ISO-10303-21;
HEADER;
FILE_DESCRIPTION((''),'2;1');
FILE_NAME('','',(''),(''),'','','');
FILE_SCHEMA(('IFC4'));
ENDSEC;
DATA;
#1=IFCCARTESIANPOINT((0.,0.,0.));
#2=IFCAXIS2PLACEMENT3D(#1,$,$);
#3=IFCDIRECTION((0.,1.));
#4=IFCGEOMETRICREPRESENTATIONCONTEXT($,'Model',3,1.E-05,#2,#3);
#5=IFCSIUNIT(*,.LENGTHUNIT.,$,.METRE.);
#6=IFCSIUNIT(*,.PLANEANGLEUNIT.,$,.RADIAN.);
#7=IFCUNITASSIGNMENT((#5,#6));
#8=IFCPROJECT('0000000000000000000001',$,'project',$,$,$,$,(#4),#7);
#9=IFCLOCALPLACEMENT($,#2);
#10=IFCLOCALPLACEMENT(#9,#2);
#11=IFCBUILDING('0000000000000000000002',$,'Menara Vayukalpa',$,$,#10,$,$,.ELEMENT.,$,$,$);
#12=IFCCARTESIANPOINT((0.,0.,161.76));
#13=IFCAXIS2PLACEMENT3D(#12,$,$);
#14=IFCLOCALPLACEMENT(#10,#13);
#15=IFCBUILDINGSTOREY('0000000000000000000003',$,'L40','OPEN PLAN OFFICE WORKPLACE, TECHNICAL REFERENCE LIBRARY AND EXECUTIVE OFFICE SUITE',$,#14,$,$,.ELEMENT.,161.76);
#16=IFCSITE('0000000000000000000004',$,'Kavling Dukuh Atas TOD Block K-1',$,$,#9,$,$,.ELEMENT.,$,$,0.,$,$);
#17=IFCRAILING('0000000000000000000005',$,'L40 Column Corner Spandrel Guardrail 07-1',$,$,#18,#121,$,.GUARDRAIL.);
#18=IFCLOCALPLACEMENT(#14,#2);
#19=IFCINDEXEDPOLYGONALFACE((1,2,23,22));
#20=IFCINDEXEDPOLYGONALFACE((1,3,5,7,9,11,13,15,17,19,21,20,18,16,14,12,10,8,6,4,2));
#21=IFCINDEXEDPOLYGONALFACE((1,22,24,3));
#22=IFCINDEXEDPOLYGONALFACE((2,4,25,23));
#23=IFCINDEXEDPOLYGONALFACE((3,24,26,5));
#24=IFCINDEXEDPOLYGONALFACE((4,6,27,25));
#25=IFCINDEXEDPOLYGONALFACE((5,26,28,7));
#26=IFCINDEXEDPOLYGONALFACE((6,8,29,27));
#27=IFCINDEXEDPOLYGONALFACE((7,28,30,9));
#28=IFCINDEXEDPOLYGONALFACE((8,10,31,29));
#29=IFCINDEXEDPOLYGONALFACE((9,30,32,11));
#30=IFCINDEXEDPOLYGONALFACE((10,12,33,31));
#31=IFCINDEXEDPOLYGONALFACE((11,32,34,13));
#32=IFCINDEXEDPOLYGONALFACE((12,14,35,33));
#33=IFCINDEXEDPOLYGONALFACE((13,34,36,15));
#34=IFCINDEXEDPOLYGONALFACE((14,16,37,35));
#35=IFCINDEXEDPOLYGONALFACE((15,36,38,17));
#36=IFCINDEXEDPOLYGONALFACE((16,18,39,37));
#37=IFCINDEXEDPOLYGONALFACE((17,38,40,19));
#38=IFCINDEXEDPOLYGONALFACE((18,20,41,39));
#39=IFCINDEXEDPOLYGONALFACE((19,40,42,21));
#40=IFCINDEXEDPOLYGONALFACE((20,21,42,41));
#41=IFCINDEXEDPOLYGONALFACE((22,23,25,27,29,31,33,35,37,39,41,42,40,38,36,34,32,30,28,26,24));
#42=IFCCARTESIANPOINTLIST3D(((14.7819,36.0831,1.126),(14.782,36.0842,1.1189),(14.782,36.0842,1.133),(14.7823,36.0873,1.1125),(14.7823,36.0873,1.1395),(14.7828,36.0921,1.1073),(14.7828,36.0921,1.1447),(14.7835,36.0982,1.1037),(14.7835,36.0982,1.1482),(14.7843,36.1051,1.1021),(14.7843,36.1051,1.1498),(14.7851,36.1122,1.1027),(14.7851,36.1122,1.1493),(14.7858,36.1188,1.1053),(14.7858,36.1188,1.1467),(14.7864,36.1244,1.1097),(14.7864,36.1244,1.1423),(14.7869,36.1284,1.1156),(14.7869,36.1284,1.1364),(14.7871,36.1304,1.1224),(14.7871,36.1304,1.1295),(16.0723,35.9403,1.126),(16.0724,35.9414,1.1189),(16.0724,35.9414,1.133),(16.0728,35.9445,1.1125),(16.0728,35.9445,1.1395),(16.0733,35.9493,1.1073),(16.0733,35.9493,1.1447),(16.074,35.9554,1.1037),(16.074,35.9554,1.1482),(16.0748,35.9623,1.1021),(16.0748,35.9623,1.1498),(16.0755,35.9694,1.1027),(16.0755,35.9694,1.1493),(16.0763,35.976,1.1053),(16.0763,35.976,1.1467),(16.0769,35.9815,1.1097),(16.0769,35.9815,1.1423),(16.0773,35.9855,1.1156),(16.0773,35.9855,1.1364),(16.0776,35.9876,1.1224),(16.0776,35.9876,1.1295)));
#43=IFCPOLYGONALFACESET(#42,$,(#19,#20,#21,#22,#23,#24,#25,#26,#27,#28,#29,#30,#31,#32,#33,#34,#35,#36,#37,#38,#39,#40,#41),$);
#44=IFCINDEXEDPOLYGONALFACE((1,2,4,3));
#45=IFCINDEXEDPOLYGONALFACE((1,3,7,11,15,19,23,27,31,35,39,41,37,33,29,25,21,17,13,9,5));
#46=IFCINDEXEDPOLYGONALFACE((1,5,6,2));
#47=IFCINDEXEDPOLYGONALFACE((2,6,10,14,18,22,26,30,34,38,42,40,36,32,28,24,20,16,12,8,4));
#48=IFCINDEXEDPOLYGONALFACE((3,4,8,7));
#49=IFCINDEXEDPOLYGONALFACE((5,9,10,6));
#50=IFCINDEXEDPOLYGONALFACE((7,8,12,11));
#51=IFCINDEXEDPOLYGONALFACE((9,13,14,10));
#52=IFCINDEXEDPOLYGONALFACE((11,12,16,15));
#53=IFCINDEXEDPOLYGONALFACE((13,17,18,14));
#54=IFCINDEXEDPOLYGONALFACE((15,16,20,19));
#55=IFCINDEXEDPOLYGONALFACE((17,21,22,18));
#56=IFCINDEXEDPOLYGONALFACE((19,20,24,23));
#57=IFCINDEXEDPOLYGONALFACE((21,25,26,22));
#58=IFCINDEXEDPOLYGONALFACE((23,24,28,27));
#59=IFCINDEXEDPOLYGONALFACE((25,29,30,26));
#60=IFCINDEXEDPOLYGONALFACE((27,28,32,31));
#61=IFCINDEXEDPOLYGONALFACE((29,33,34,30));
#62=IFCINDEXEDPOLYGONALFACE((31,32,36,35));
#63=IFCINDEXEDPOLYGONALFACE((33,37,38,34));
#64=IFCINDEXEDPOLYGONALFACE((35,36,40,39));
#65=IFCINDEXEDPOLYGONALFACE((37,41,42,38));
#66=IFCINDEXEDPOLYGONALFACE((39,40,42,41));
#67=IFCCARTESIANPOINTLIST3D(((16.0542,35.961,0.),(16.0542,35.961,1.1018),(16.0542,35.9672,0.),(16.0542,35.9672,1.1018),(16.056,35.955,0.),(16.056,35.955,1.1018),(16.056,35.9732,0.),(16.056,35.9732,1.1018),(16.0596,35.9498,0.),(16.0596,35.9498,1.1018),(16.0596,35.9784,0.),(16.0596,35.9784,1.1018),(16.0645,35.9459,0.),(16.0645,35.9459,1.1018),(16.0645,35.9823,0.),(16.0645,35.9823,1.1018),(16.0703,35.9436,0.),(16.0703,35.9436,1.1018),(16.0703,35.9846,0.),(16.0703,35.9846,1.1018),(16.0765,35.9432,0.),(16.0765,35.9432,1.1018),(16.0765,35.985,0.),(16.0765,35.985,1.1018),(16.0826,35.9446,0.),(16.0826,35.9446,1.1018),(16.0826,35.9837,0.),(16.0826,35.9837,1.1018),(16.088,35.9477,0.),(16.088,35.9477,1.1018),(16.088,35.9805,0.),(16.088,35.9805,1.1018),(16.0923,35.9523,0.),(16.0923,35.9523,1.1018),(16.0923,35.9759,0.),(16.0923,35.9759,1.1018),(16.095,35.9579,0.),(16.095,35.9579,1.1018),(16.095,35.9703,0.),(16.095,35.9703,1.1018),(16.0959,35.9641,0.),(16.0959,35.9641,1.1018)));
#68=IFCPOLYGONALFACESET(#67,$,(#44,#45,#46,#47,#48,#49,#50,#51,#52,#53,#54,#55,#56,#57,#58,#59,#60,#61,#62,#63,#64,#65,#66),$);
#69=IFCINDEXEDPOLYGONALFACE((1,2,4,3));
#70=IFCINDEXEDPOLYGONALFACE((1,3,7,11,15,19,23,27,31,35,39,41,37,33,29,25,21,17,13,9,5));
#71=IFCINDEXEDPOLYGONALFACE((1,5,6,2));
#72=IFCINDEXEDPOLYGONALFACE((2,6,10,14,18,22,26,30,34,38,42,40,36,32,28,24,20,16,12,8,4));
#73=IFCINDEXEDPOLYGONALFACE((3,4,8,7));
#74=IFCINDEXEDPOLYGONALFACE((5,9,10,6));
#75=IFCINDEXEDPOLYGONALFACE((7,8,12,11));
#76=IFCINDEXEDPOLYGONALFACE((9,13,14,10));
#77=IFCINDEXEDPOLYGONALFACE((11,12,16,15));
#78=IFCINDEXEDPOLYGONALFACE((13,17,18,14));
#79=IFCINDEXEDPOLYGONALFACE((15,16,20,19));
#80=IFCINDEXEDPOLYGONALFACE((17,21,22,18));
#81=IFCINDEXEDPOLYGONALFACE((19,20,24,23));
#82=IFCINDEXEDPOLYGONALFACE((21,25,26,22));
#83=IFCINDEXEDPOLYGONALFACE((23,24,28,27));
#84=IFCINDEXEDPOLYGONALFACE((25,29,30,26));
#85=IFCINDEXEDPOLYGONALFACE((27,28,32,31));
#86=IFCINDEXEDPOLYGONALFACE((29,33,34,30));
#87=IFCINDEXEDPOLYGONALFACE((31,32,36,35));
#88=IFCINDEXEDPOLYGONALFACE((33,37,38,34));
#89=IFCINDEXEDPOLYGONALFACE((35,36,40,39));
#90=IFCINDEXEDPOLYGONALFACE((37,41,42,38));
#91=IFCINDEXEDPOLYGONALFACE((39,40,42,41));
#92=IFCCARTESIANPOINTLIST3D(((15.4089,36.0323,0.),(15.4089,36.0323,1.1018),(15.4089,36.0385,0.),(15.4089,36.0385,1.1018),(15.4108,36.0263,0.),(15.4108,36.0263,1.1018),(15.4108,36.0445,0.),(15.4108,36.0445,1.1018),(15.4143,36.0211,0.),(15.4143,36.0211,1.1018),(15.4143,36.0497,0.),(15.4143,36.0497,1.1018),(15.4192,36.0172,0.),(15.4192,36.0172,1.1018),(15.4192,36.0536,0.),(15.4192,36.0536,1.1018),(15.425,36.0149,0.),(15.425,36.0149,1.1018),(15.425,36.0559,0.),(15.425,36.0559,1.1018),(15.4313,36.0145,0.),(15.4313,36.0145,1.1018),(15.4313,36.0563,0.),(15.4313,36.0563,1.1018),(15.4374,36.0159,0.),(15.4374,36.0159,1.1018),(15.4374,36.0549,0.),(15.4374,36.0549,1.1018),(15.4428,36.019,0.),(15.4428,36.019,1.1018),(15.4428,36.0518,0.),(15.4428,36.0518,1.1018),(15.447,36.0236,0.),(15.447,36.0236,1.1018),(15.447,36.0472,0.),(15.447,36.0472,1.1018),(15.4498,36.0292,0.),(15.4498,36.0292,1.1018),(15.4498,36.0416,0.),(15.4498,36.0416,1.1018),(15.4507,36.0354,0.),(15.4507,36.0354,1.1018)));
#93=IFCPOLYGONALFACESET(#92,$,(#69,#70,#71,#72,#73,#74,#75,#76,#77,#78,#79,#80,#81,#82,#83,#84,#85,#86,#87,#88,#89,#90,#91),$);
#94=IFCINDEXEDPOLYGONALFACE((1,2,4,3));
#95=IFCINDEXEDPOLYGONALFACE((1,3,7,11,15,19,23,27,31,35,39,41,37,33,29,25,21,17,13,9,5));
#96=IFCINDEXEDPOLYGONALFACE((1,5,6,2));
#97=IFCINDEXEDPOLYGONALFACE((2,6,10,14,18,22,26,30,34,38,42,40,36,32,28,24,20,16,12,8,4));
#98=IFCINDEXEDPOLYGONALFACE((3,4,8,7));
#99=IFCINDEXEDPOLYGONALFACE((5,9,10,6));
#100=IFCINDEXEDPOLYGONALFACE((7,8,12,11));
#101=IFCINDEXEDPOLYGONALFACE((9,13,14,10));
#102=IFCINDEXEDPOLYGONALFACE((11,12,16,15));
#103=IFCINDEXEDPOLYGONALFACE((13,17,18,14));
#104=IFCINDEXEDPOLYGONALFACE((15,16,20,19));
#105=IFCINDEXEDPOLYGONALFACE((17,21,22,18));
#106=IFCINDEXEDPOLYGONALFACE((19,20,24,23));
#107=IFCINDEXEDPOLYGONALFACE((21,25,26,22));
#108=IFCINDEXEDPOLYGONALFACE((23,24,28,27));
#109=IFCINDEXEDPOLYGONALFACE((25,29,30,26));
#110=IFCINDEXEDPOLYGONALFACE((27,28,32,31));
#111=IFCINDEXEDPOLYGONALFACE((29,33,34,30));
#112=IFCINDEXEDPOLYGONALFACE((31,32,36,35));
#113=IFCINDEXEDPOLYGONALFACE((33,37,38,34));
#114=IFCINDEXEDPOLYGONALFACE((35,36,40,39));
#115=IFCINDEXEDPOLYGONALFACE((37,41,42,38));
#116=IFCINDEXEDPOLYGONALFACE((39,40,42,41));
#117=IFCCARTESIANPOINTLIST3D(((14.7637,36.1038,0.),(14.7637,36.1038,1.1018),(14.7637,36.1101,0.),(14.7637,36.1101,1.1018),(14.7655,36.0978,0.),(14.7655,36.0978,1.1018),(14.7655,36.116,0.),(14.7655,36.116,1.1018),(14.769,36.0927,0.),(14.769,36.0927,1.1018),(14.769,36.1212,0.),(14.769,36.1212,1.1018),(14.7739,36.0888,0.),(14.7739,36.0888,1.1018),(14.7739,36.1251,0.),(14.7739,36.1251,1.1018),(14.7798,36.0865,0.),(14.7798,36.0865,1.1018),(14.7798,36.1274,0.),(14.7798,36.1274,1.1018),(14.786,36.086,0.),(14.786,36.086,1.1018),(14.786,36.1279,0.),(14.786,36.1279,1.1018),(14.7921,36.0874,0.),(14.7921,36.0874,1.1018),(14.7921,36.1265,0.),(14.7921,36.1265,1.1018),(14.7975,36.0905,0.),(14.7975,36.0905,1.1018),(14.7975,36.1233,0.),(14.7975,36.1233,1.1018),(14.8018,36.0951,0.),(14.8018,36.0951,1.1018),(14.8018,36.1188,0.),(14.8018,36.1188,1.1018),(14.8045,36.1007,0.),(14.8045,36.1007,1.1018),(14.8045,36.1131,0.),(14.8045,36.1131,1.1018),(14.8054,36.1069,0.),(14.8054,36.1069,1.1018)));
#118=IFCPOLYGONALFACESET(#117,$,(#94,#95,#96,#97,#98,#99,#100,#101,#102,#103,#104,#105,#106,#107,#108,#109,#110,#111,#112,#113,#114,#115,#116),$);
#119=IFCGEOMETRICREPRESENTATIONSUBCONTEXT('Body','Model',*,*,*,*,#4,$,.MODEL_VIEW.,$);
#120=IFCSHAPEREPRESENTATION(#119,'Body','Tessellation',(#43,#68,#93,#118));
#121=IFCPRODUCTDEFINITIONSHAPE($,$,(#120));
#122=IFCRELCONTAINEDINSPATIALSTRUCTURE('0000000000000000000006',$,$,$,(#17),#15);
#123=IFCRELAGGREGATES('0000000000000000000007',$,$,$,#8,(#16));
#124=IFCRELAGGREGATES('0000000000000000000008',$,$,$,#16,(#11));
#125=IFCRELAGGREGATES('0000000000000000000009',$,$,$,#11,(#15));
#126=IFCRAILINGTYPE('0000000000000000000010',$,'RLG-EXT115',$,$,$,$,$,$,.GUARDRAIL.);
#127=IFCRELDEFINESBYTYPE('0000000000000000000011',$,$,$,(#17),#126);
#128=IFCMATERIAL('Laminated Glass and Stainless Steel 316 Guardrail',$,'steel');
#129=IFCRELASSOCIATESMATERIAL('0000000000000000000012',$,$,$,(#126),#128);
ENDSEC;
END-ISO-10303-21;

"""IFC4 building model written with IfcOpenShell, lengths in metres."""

from ifc_helpers import new_model, si_unit, direction, frame, origin, origin_2d, place, context, subcontext, project, spatial, circle, extrude, material, type_object, element, save


model = new_model("IFC4")

# Units and contexts
model_context = context("Model", 3, precision=1e-05, world=origin(), true_north=direction((0.0, 1.0)))
body_context = subcontext(model_context, "Body", "Model", "MODEL_VIEW")
ifc_project = project(units=[si_unit("LENGTHUNIT", "METRE"), si_unit("PLANEANGLEUNIT", "RADIAN")], contexts=[model_context])

# Site, building, storey
site_placement = place(None, origin())
site = spatial("IfcSite", under=ifc_project, at=site_placement, Name="Kavling Dukuh Atas TOD Block K-1", CompositionType="ELEMENT", RefElevation=0.0)
building_placement = place(site_placement, origin())
building = spatial("IfcBuilding", under=site, at=building_placement, Name="Menara Vayukalpa", CompositionType="ELEMENT")
storey_placement = place(building_placement, frame((0.0, 0.0, 161.76)))
storey = spatial("IfcBuildingStorey", under=building, at=storey_placement, Name="L40", Description="OPEN PLAN OFFICE WORKPLACE, TECHNICAL REFERENCE LIBRARY AND EXECUTIVE OFFICE SUITE", CompositionType="ELEMENT", Elevation=161.76)

# Railing
ifc_material_1 = material(Name="Laminated Glass and Stainless Steel 316 Guardrail", Category="steel")
railing_type = type_object("IfcRailingType", Name="RLG-EXT115", PredefinedType="GUARDRAIL", material=ifc_material_1)
railing_1_placement = place(storey_placement, frame((16.075, 35.9641, 0.0)))
element("IfcRailing", 1, at=railing_1_placement, inside=storey, type_object=railing_type, Name="L40 Column Corner Spandrel Guardrail 07-1", PredefinedType="GUARDRAIL", context=body_context, shape_type="SweptSolid", body=[
    extrude(circle(Radius=0.0239, at=origin_2d()), frame((0.0, 0.0, 1.126), z_axis=(-0.993932, 0.109998, 0.0), x_axis=(-0.109998, -0.993932, 0.0)), (0.0, 0.0, 1.0), 1.2983),
    extrude(circle(Radius=0.021, at=origin_2d()), origin(), (0.0, 0.0, 1.0), 1.1018),
    extrude(circle(Radius=0.021, at=origin_2d()), frame((-0.6453, 0.0713, 0.0)), (0.0, 0.0, 1.0), 1.1018),
    extrude(circle(Radius=0.021, at=origin_2d()), frame((-1.2905, 0.1428, 0.0)), (0.0, 0.0, 1.0), 1.1018),
])

save(model, "model.ifc")
